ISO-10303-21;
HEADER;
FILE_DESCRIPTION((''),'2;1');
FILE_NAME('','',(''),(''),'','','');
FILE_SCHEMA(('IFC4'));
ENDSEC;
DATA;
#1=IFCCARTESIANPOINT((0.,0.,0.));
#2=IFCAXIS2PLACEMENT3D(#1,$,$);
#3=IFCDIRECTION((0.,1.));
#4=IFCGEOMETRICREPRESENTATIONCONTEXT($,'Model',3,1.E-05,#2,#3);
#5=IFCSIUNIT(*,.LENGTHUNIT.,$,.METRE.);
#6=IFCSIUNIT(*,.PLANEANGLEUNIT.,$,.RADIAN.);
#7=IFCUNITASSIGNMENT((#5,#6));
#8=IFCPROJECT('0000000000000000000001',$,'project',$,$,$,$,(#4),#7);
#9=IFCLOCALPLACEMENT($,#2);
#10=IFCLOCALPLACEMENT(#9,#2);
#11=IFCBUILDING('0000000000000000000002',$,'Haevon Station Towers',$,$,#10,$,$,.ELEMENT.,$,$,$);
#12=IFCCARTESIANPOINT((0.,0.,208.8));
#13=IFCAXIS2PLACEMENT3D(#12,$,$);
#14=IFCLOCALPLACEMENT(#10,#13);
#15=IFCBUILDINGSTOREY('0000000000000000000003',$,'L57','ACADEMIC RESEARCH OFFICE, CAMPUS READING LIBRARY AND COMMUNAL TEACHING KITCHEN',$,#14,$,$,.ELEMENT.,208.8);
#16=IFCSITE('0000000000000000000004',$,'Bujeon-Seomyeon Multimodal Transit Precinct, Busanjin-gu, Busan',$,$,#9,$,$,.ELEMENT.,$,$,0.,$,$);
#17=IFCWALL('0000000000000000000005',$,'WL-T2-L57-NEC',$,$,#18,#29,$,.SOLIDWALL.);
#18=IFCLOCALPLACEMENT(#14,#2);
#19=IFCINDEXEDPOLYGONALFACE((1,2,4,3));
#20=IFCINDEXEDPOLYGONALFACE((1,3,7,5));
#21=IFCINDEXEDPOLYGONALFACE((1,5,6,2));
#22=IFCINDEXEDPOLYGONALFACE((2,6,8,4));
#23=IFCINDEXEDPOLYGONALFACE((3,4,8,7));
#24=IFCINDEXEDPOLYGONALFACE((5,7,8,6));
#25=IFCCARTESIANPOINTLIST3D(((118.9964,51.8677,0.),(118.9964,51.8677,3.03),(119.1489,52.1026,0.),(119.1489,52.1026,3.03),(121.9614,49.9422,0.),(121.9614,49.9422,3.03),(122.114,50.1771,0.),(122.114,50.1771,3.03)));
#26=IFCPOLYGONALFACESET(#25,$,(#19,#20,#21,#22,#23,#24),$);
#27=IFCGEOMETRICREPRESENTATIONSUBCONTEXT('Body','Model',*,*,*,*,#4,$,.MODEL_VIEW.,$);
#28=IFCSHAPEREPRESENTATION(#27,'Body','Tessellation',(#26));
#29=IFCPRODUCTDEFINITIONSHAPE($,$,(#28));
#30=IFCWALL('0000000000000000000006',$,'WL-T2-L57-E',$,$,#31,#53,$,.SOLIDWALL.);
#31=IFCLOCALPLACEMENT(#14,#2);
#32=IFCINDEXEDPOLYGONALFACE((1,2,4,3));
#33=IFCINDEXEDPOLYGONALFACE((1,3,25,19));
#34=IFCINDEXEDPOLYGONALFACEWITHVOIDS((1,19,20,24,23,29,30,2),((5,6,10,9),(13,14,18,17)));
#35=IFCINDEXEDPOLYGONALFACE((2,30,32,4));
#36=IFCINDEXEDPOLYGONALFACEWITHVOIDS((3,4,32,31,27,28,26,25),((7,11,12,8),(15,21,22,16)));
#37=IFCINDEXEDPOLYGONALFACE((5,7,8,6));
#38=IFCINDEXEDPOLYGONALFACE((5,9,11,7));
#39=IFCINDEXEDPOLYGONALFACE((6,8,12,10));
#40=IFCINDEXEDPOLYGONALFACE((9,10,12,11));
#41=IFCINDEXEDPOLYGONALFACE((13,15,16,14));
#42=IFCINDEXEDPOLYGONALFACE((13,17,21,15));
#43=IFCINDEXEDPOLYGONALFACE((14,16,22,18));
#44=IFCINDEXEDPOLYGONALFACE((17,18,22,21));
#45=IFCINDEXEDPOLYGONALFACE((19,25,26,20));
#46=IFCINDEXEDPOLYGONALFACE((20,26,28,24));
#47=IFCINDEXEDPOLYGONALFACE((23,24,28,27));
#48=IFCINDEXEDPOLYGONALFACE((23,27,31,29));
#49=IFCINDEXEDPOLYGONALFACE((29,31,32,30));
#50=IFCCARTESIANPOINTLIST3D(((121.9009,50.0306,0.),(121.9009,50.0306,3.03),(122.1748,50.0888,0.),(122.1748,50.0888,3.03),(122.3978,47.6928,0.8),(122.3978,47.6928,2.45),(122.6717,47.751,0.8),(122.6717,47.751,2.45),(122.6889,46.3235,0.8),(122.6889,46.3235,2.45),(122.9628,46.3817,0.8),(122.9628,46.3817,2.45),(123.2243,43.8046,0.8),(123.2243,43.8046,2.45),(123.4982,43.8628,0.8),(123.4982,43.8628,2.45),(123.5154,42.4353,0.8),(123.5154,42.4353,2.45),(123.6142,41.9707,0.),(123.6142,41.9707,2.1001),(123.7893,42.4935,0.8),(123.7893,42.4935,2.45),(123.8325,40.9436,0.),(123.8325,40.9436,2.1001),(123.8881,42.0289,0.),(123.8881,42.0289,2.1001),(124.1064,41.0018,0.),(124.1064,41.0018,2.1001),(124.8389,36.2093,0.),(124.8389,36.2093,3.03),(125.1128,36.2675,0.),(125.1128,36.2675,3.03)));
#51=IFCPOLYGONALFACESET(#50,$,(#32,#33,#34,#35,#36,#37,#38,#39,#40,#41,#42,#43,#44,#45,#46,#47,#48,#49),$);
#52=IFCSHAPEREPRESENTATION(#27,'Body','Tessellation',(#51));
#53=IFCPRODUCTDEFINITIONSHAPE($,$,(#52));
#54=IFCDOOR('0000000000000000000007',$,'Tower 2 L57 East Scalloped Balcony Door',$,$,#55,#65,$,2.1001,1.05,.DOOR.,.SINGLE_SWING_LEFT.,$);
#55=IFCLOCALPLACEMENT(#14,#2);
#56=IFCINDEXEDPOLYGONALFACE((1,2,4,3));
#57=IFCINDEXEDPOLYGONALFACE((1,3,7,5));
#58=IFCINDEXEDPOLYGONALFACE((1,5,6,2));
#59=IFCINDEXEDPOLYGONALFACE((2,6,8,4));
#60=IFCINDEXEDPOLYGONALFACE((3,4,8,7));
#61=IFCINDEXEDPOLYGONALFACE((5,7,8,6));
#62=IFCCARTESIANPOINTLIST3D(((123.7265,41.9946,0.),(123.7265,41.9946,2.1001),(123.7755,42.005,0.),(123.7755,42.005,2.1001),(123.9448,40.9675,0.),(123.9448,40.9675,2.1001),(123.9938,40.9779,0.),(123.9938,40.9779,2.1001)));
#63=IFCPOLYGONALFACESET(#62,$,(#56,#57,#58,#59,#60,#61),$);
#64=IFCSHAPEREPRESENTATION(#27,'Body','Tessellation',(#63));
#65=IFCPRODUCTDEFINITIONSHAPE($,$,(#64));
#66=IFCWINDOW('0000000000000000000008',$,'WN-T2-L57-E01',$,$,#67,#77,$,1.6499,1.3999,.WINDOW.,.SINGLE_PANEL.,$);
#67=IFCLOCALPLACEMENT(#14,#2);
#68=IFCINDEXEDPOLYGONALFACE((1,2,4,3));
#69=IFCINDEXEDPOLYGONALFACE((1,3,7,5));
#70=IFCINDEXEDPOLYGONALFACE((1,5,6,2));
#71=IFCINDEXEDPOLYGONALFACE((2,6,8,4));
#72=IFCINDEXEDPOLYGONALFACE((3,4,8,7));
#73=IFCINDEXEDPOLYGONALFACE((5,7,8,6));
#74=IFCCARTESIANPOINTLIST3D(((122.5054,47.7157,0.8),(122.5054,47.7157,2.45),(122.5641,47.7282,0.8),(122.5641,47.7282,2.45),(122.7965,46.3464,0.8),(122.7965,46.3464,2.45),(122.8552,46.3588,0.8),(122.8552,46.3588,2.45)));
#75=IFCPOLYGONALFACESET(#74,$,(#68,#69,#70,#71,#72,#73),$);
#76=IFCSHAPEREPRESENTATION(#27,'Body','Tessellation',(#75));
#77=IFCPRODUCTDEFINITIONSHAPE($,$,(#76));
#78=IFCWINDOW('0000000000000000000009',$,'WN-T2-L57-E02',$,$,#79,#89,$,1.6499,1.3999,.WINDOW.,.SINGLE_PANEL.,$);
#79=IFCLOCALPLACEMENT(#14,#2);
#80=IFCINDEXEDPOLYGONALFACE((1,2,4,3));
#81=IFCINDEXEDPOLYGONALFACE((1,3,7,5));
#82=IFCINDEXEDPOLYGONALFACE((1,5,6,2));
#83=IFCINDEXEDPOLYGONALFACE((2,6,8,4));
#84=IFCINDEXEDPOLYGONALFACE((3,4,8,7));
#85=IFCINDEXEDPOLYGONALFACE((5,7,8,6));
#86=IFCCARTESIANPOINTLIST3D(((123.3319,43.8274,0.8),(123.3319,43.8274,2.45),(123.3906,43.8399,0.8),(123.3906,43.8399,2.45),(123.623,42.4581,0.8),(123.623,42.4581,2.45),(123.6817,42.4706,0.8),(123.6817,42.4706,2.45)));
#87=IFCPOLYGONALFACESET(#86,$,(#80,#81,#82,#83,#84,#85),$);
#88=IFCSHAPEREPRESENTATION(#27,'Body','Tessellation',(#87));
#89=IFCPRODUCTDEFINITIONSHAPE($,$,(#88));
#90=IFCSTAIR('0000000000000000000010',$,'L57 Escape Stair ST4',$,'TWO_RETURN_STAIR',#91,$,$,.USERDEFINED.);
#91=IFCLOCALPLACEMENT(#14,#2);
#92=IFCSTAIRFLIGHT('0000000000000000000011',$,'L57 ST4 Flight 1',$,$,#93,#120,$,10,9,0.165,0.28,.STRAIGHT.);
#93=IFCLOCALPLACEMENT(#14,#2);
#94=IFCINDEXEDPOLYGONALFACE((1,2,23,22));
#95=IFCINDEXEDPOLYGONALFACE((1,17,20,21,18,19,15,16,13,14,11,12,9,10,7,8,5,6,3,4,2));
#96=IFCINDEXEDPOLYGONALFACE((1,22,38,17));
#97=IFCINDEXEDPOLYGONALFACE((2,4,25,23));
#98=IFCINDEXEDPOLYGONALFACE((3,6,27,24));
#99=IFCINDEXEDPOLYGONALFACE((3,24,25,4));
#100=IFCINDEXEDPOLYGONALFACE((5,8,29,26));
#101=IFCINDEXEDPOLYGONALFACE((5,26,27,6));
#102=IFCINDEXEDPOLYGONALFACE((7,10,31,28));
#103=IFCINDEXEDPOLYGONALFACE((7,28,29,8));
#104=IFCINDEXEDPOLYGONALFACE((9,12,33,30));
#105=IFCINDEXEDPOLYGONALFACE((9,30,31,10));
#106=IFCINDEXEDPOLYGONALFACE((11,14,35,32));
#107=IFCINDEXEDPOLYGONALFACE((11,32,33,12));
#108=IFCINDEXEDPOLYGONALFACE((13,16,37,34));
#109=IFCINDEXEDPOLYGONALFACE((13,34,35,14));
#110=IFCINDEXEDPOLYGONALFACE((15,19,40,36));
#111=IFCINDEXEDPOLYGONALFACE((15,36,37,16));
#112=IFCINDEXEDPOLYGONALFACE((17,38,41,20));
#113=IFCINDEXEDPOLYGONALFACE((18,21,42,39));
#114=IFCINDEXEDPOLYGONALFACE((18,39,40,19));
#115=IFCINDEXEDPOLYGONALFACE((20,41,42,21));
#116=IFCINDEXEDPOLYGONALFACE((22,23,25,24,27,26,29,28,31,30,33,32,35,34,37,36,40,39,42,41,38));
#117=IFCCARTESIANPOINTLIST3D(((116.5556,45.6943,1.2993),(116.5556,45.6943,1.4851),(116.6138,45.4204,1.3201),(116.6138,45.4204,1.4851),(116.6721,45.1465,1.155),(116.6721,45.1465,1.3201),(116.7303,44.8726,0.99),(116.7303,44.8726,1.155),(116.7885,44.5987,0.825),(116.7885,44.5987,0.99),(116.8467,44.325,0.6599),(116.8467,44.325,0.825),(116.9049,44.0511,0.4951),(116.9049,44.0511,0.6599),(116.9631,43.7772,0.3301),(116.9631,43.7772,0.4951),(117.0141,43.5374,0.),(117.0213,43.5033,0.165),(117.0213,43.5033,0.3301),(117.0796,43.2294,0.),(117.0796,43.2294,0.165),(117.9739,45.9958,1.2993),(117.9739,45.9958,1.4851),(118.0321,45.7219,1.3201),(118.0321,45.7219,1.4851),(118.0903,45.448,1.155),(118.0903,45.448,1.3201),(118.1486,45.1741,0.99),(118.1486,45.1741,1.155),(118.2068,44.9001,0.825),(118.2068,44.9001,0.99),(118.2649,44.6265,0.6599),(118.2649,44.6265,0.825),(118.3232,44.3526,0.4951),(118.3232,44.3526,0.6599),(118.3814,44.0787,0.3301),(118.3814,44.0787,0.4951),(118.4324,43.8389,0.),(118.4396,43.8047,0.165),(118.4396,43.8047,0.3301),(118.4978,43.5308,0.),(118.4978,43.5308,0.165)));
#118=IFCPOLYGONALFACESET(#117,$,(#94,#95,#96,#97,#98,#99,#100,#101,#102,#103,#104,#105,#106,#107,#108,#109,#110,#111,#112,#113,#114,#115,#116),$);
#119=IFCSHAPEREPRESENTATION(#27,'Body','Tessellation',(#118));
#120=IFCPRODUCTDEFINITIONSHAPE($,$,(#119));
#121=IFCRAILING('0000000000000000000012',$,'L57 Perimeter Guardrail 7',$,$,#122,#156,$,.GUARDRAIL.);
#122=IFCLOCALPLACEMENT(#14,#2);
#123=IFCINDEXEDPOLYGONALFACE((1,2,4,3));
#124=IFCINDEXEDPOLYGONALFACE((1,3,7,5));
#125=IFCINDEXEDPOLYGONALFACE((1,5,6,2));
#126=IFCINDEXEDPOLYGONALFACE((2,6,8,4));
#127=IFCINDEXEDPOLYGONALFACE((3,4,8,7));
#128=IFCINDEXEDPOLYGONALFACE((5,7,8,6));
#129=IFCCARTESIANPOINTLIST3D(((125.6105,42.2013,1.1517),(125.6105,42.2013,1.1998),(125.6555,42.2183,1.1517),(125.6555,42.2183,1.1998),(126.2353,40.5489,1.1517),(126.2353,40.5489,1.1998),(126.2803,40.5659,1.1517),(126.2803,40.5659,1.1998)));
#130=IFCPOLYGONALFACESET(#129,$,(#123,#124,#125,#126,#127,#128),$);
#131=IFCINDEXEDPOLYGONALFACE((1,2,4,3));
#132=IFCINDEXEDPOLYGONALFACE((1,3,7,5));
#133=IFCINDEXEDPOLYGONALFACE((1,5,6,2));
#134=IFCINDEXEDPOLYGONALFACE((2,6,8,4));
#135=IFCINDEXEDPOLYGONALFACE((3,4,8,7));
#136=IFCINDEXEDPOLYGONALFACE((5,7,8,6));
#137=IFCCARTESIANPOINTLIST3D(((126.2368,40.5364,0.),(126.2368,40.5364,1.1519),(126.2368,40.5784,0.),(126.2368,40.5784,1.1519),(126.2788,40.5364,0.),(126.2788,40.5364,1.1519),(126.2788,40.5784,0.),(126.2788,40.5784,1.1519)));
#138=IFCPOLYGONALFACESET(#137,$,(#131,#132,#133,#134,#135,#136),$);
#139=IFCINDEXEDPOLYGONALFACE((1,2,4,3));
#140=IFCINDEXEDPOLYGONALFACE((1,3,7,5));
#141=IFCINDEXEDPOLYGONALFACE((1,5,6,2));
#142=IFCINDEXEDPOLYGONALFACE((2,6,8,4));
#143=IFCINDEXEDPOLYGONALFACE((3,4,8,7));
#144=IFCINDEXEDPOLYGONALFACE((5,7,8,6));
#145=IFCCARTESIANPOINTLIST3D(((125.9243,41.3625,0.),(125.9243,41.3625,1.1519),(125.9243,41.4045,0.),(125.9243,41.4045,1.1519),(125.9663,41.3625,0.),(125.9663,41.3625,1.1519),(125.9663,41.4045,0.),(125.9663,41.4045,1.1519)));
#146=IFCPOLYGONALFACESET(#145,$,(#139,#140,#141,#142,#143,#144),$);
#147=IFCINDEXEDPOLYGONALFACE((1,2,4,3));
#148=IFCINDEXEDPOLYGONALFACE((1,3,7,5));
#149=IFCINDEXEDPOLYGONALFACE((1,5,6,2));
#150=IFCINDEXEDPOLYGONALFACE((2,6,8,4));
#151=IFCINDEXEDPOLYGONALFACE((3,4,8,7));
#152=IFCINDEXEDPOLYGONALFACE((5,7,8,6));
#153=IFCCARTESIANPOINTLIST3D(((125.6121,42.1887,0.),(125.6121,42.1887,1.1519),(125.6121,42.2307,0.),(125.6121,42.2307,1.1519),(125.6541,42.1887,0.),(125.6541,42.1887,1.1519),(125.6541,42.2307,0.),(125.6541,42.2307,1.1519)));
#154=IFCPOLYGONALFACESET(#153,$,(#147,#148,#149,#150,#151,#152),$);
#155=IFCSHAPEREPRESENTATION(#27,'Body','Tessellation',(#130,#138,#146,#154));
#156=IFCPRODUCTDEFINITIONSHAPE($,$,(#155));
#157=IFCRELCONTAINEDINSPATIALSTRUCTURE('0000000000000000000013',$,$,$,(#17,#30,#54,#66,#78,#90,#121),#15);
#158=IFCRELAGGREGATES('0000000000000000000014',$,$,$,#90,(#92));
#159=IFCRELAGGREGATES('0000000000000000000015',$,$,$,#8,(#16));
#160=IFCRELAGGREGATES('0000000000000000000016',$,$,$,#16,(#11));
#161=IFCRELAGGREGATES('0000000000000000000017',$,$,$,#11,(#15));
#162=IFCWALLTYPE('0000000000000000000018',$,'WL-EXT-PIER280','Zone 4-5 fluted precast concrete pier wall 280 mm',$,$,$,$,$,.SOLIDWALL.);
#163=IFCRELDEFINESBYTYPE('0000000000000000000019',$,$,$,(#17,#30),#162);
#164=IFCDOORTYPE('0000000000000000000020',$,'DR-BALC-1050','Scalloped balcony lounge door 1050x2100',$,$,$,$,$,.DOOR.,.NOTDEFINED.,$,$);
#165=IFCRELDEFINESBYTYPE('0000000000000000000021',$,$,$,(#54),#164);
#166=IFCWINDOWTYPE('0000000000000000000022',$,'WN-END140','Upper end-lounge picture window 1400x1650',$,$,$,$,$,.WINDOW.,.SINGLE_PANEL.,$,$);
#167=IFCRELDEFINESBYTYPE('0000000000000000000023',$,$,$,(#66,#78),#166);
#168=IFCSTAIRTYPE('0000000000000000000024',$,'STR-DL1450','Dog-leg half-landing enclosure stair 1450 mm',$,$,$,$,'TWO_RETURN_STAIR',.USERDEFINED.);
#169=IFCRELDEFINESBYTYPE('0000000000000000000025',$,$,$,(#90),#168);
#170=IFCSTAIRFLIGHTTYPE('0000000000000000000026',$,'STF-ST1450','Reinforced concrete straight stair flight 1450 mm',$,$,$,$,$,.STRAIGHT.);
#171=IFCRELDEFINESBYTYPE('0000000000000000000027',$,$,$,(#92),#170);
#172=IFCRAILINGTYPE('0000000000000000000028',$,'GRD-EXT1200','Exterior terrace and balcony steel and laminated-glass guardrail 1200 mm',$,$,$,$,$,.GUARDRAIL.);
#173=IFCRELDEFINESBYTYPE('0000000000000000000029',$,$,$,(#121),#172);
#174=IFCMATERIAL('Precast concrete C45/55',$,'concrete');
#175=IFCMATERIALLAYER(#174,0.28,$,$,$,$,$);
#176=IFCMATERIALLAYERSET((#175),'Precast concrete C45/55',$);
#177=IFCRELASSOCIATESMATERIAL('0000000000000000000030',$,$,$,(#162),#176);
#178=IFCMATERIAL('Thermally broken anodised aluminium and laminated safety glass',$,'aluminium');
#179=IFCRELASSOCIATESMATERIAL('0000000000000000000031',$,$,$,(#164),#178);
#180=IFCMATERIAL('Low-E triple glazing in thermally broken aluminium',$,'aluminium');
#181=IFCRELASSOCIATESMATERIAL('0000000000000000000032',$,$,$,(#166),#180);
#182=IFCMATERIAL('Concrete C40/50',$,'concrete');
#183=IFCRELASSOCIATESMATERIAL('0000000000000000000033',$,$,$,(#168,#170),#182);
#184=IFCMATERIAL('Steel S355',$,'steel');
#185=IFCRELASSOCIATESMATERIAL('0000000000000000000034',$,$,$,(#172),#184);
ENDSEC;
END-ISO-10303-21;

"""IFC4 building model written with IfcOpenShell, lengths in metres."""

from ifc_helpers import new_model, si_unit, direction, frame, frame_2d, origin, origin_2d, place, context, subcontext, project, spatial, polyline, rectangle, outline, extrude, material, layer, layer_set, type_object, element, fill, aggregate, save


model = new_model("IFC4")

# Units and contexts
model_context = context("Model", 3, precision=1e-05, world=origin(), true_north=direction((0.0, 1.0)))
body_context = subcontext(model_context, "Body", "Model", "MODEL_VIEW")
ifc_project = project(units=[si_unit("LENGTHUNIT", "METRE"), si_unit("PLANEANGLEUNIT", "RADIAN")], contexts=[model_context])

# Site, building, storey
site_placement = place(None, origin())
site = spatial("IfcSite", under=ifc_project, at=site_placement, Name="Bujeon-Seomyeon Multimodal Transit Precinct, Busanjin-gu, Busan", CompositionType="ELEMENT", RefElevation=0.0)
building_placement = place(site_placement, origin())
building = spatial("IfcBuilding", under=site, at=building_placement, Name="Haevon Station Towers", CompositionType="ELEMENT")
storey_placement = place(building_placement, frame((0.0, 0.0, 208.8)))
storey = spatial("IfcBuildingStorey", under=building, at=storey_placement, Name="L57", Description="ACADEMIC RESEARCH OFFICE, CAMPUS READING LIBRARY AND COMMUNAL TEACHING KITCHEN", CompositionType="ELEMENT", Elevation=208.8)

# Shared definitions
ifc_material_1 = material(Name="Steel S355", Category="steel")

# Wall
ifc_material_2 = material(Name="Precast concrete C45/55", Category="concrete")
ifc_layer_1 = layer(ifc_material_2, 0.28)
ifc_layer_set_1 = layer_set([ifc_layer_1], Name="Precast concrete C45/55")
wall_type_1 = type_object("IfcWallType", Name="WL-EXT-PIER280", Description="Zone 4-5 fluted precast concrete pier wall 280 mm", PredefinedType="SOLIDWALL", material=ifc_layer_set_1)
wall_1_placement = place(storey_placement, frame((119.0728, 51.9851, 0.0), z_axis=(0.0, 0.0, 1.0), x_axis=(0.838672, -0.544636, 0.0)))
element("IfcWall", 1, at=wall_1_placement, inside=storey, type_object=wall_type_1, Name="WL-T2-L57-NEC", PredefinedType="SOLIDWALL", context=body_context, shape_type="SweptSolid", body=[
    extrude(rectangle(XDim=3.5354, YDim=0.28, at=frame_2d((1.7676, 0.0))), origin(), (0.0, 0.0, 1.0), 3.03),
])

# Wall, openings, door, windows
wall_2_placement = place(storey_placement, frame((122.0378, 50.0596, 0.0), z_axis=(0.0, 0.0, 1.0), x_axis=(0.207924, -0.978145, 0.0)))
wall_2 = element("IfcWall", 2, at=wall_2_placement, inside=storey, type_object=wall_type_1, Name="WL-T2-L57-E", PredefinedType="SOLIDWALL", context=body_context, shape_type="SweptSolid", body=[
    extrude(rectangle(XDim=14.1301, YDim=0.28, at=frame_2d((7.0649, 0.0))), origin(), (0.0, 0.0, 1.0), 3.03),
])
opening_1_placement = place(wall_2_placement, frame((8.24, 0.0, 0.0)))
opening_1 = element("IfcOpeningElement", 3, at=opening_1_placement, cuts=wall_2, PredefinedType="OPENING", context=body_context, shape_type="SweptSolid", body=[
    extrude(rectangle(XDim=1.05, YDim=2.1001, at=frame_2d((0.5249, 1.05))), frame((0.0, 0.1499, 0.0), z_axis=(0.0, -1.0, 0.0), x_axis=(1.0, 0.0, 0.0)), (0.0, 0.0, 1.0), 0.3),
])
opening_2_placement = place(wall_2_placement, frame((2.3899, 0.0, 0.8)))
opening_2 = element("IfcOpeningElement", 4, at=opening_2_placement, cuts=wall_2, PredefinedType="OPENING", context=body_context, shape_type="SweptSolid", body=[
    extrude(rectangle(XDim=1.3999, YDim=1.6499, at=frame_2d((0.7, 0.825))), frame((0.0, 0.1499, 0.0), z_axis=(0.0, -1.0, 0.0), x_axis=(1.0, 0.0, 0.0)), (0.0, 0.0, 1.0), 0.3),
])
opening_3_placement = place(wall_2_placement, frame((6.365, 0.0, 0.8)))
opening_3 = element("IfcOpeningElement", 5, at=opening_3_placement, cuts=wall_2, PredefinedType="OPENING", context=body_context, shape_type="SweptSolid", body=[
    extrude(rectangle(XDim=1.3999, YDim=1.6499, at=frame_2d((0.7, 0.825))), frame((0.0, 0.1499, 0.0), z_axis=(0.0, -1.0, 0.0), x_axis=(1.0, 0.0, 0.0)), (0.0, 0.0, 1.0), 0.3),
])
ifc_material_3 = material(Name="Thermally broken anodised aluminium and laminated safety glass", Category="aluminium")
door_type = type_object("IfcDoorType", Name="DR-BALC-1050", Description="Scalloped balcony lounge door 1050x2100", OperationType="NOTDEFINED", PredefinedType="DOOR", material=ifc_material_3)
door_placement = place(opening_1_placement, origin())
door = element("IfcDoor", 6, at=door_placement, inside=storey, type_object=door_type, Name="Tower 2 L57 East Scalloped Balcony Door", OperationType="SINGLE_SWING_LEFT", OverallHeight=2.1001, OverallWidth=1.05, PredefinedType="DOOR", context=body_context, shape_type="SweptSolid", body=[
    extrude(rectangle(XDim=1.05, YDim=2.1001, at=frame_2d((0.5249, 1.05))), frame((0.0, 0.0249, 0.0), z_axis=(0.0, -1.0, 0.0), x_axis=(1.0, 0.0, 0.0)), (0.0, 0.0, 1.0), 0.05),
])
fill(opening_1, door)
ifc_material_4 = material(Name="Low-E triple glazing in thermally broken aluminium", Category="aluminium")
window_type = type_object("IfcWindowType", Name="WN-END140", Description="Upper end-lounge picture window 1400x1650", PartitioningType="SINGLE_PANEL", PredefinedType="WINDOW", material=ifc_material_4)
window_1_placement = place(opening_2_placement, origin())
window_1 = element("IfcWindow", 7, at=window_1_placement, inside=storey, type_object=window_type, Name="WN-T2-L57-E01", OverallHeight=1.6499, OverallWidth=1.3999, PartitioningType="SINGLE_PANEL", PredefinedType="WINDOW", context=body_context, shape_type="SweptSolid", body=[
    extrude(rectangle(XDim=1.3999, YDim=1.6499, at=frame_2d((0.7, 0.825))), frame((0.0, 0.03, 0.0), z_axis=(0.0, -1.0, 0.0), x_axis=(1.0, 0.0, 0.0)), (0.0, 0.0, 1.0), 0.0601),
])
fill(opening_2, window_1)
window_2_placement = place(opening_3_placement, origin())
window_2 = element("IfcWindow", 8, at=window_2_placement, inside=storey, type_object=window_type, Name="WN-T2-L57-E02", OverallHeight=1.6499, OverallWidth=1.3999, PartitioningType="SINGLE_PANEL", PredefinedType="WINDOW", context=body_context, shape_type="SweptSolid", body=[
    extrude(rectangle(XDim=1.3999, YDim=1.6499, at=frame_2d((0.7, 0.825))), frame((0.0, 0.03, 0.0), z_axis=(0.0, -1.0, 0.0), x_axis=(1.0, 0.0, 0.0)), (0.0, 0.0, 1.0), 0.0601),
])
fill(opening_3, window_2)

# Stair, stair flight
ifc_material_5 = material(Name="Concrete C40/50", Category="concrete")
stair_type = type_object("IfcStairType", Name="STR-DL1450", Description="Dog-leg half-landing enclosure stair 1450 mm", ElementType="TWO_RETURN_STAIR", PredefinedType="USERDEFINED", material=ifc_material_5)
stair_placement = place(storey_placement, origin())
stair = element("IfcStair", 9, at=stair_placement, inside=storey, type_object=stair_type, Name="L57 Escape Stair ST4", ObjectType="TWO_RETURN_STAIR", PredefinedType="USERDEFINED")
stair_flight_type = type_object("IfcStairFlightType", Name="STF-ST1450", Description="Reinforced concrete straight stair flight 1450 mm", PredefinedType="STRAIGHT", material=ifc_material_5)
stair_flight_placement = place(storey_placement, frame((117.7888, 43.3801, 0.0), z_axis=(0.0, 0.0, 1.0), x_axis=(-0.207912, 0.978148, 0.0)))
stair_flight = element("IfcStairFlight", 10, at=stair_flight_placement, type_object=stair_flight_type, Name="L57 ST4 Flight 1", NumberOfRisers=10, NumberOfTreads=9, PredefinedType="STRAIGHT", RiserHeight=0.165, TreadLength=0.28, context=body_context, shape_type="SweptSolid", body=[
    extrude(outline(polyline([(0.0, 0.0), (0.0, 0.165), (0.28, 0.165), (0.28, 0.3301), (0.5601, 0.3301), (0.5601, 0.4951), (0.8401, 0.4951), (0.8401, 0.6599), (1.1201, 0.6599), (1.1201, 0.825), (1.3999, 0.825), (1.3999, 0.99), (1.6799, 0.99), (1.6799, 1.155), (1.96, 1.155), (1.96, 1.3201), (2.24, 1.3201), (2.24, 1.4851), (2.52, 1.4851), (2.52, 1.6499), (2.52, 1.2993), (0.3149, 0.0), (0.0, 0.0)])), frame((0.0, 0.7251, 0.0), z_axis=(0.0, -1.0, 0.0), x_axis=(1.0, 0.0, 0.0)), (0.0, 0.0, 1.0), 1.45),
])
aggregate(stair, [stair_flight])

# Railing
railing_type_1 = type_object("IfcRailingType", Name="GRD-EXT1200", Description="Exterior terrace and balcony steel and laminated-glass guardrail 1200 mm", PredefinedType="GUARDRAIL", material=ifc_material_1)
railing_1_placement = place(storey_placement, frame((126.2578, 40.5574, 0.0)))
element("IfcRailing", 11, at=railing_1_placement, inside=storey, type_object=railing_type_1, Name="L57 Perimeter Guardrail 7", PredefinedType="GUARDRAIL", context=body_context, shape_type="SweptSolid", body=[
    extrude(rectangle(XDim=0.0481, YDim=0.0481, at=origin_2d()), frame((0.0, 0.0, 1.1758), z_axis=(-0.353667, 0.935372, 0.0), x_axis=(-0.935372, -0.353667, 0.0)), (0.0, 0.0, 1.0), 1.7666),
    extrude(rectangle(XDim=0.042, YDim=0.042, at=origin_2d()), origin(), (0.0, 0.0, 1.0), 1.1519),
    extrude(rectangle(XDim=0.042, YDim=0.042, at=origin_2d()), frame((-0.3125, 0.8262, 0.0)), (0.0, 0.0, 1.0), 1.1519),
    extrude(rectangle(XDim=0.042, YDim=0.042, at=origin_2d()), frame((-0.6248, 1.6523, 0.0)), (0.0, 0.0, 1.0), 1.1519),
])

save(model, "model.ifc")
